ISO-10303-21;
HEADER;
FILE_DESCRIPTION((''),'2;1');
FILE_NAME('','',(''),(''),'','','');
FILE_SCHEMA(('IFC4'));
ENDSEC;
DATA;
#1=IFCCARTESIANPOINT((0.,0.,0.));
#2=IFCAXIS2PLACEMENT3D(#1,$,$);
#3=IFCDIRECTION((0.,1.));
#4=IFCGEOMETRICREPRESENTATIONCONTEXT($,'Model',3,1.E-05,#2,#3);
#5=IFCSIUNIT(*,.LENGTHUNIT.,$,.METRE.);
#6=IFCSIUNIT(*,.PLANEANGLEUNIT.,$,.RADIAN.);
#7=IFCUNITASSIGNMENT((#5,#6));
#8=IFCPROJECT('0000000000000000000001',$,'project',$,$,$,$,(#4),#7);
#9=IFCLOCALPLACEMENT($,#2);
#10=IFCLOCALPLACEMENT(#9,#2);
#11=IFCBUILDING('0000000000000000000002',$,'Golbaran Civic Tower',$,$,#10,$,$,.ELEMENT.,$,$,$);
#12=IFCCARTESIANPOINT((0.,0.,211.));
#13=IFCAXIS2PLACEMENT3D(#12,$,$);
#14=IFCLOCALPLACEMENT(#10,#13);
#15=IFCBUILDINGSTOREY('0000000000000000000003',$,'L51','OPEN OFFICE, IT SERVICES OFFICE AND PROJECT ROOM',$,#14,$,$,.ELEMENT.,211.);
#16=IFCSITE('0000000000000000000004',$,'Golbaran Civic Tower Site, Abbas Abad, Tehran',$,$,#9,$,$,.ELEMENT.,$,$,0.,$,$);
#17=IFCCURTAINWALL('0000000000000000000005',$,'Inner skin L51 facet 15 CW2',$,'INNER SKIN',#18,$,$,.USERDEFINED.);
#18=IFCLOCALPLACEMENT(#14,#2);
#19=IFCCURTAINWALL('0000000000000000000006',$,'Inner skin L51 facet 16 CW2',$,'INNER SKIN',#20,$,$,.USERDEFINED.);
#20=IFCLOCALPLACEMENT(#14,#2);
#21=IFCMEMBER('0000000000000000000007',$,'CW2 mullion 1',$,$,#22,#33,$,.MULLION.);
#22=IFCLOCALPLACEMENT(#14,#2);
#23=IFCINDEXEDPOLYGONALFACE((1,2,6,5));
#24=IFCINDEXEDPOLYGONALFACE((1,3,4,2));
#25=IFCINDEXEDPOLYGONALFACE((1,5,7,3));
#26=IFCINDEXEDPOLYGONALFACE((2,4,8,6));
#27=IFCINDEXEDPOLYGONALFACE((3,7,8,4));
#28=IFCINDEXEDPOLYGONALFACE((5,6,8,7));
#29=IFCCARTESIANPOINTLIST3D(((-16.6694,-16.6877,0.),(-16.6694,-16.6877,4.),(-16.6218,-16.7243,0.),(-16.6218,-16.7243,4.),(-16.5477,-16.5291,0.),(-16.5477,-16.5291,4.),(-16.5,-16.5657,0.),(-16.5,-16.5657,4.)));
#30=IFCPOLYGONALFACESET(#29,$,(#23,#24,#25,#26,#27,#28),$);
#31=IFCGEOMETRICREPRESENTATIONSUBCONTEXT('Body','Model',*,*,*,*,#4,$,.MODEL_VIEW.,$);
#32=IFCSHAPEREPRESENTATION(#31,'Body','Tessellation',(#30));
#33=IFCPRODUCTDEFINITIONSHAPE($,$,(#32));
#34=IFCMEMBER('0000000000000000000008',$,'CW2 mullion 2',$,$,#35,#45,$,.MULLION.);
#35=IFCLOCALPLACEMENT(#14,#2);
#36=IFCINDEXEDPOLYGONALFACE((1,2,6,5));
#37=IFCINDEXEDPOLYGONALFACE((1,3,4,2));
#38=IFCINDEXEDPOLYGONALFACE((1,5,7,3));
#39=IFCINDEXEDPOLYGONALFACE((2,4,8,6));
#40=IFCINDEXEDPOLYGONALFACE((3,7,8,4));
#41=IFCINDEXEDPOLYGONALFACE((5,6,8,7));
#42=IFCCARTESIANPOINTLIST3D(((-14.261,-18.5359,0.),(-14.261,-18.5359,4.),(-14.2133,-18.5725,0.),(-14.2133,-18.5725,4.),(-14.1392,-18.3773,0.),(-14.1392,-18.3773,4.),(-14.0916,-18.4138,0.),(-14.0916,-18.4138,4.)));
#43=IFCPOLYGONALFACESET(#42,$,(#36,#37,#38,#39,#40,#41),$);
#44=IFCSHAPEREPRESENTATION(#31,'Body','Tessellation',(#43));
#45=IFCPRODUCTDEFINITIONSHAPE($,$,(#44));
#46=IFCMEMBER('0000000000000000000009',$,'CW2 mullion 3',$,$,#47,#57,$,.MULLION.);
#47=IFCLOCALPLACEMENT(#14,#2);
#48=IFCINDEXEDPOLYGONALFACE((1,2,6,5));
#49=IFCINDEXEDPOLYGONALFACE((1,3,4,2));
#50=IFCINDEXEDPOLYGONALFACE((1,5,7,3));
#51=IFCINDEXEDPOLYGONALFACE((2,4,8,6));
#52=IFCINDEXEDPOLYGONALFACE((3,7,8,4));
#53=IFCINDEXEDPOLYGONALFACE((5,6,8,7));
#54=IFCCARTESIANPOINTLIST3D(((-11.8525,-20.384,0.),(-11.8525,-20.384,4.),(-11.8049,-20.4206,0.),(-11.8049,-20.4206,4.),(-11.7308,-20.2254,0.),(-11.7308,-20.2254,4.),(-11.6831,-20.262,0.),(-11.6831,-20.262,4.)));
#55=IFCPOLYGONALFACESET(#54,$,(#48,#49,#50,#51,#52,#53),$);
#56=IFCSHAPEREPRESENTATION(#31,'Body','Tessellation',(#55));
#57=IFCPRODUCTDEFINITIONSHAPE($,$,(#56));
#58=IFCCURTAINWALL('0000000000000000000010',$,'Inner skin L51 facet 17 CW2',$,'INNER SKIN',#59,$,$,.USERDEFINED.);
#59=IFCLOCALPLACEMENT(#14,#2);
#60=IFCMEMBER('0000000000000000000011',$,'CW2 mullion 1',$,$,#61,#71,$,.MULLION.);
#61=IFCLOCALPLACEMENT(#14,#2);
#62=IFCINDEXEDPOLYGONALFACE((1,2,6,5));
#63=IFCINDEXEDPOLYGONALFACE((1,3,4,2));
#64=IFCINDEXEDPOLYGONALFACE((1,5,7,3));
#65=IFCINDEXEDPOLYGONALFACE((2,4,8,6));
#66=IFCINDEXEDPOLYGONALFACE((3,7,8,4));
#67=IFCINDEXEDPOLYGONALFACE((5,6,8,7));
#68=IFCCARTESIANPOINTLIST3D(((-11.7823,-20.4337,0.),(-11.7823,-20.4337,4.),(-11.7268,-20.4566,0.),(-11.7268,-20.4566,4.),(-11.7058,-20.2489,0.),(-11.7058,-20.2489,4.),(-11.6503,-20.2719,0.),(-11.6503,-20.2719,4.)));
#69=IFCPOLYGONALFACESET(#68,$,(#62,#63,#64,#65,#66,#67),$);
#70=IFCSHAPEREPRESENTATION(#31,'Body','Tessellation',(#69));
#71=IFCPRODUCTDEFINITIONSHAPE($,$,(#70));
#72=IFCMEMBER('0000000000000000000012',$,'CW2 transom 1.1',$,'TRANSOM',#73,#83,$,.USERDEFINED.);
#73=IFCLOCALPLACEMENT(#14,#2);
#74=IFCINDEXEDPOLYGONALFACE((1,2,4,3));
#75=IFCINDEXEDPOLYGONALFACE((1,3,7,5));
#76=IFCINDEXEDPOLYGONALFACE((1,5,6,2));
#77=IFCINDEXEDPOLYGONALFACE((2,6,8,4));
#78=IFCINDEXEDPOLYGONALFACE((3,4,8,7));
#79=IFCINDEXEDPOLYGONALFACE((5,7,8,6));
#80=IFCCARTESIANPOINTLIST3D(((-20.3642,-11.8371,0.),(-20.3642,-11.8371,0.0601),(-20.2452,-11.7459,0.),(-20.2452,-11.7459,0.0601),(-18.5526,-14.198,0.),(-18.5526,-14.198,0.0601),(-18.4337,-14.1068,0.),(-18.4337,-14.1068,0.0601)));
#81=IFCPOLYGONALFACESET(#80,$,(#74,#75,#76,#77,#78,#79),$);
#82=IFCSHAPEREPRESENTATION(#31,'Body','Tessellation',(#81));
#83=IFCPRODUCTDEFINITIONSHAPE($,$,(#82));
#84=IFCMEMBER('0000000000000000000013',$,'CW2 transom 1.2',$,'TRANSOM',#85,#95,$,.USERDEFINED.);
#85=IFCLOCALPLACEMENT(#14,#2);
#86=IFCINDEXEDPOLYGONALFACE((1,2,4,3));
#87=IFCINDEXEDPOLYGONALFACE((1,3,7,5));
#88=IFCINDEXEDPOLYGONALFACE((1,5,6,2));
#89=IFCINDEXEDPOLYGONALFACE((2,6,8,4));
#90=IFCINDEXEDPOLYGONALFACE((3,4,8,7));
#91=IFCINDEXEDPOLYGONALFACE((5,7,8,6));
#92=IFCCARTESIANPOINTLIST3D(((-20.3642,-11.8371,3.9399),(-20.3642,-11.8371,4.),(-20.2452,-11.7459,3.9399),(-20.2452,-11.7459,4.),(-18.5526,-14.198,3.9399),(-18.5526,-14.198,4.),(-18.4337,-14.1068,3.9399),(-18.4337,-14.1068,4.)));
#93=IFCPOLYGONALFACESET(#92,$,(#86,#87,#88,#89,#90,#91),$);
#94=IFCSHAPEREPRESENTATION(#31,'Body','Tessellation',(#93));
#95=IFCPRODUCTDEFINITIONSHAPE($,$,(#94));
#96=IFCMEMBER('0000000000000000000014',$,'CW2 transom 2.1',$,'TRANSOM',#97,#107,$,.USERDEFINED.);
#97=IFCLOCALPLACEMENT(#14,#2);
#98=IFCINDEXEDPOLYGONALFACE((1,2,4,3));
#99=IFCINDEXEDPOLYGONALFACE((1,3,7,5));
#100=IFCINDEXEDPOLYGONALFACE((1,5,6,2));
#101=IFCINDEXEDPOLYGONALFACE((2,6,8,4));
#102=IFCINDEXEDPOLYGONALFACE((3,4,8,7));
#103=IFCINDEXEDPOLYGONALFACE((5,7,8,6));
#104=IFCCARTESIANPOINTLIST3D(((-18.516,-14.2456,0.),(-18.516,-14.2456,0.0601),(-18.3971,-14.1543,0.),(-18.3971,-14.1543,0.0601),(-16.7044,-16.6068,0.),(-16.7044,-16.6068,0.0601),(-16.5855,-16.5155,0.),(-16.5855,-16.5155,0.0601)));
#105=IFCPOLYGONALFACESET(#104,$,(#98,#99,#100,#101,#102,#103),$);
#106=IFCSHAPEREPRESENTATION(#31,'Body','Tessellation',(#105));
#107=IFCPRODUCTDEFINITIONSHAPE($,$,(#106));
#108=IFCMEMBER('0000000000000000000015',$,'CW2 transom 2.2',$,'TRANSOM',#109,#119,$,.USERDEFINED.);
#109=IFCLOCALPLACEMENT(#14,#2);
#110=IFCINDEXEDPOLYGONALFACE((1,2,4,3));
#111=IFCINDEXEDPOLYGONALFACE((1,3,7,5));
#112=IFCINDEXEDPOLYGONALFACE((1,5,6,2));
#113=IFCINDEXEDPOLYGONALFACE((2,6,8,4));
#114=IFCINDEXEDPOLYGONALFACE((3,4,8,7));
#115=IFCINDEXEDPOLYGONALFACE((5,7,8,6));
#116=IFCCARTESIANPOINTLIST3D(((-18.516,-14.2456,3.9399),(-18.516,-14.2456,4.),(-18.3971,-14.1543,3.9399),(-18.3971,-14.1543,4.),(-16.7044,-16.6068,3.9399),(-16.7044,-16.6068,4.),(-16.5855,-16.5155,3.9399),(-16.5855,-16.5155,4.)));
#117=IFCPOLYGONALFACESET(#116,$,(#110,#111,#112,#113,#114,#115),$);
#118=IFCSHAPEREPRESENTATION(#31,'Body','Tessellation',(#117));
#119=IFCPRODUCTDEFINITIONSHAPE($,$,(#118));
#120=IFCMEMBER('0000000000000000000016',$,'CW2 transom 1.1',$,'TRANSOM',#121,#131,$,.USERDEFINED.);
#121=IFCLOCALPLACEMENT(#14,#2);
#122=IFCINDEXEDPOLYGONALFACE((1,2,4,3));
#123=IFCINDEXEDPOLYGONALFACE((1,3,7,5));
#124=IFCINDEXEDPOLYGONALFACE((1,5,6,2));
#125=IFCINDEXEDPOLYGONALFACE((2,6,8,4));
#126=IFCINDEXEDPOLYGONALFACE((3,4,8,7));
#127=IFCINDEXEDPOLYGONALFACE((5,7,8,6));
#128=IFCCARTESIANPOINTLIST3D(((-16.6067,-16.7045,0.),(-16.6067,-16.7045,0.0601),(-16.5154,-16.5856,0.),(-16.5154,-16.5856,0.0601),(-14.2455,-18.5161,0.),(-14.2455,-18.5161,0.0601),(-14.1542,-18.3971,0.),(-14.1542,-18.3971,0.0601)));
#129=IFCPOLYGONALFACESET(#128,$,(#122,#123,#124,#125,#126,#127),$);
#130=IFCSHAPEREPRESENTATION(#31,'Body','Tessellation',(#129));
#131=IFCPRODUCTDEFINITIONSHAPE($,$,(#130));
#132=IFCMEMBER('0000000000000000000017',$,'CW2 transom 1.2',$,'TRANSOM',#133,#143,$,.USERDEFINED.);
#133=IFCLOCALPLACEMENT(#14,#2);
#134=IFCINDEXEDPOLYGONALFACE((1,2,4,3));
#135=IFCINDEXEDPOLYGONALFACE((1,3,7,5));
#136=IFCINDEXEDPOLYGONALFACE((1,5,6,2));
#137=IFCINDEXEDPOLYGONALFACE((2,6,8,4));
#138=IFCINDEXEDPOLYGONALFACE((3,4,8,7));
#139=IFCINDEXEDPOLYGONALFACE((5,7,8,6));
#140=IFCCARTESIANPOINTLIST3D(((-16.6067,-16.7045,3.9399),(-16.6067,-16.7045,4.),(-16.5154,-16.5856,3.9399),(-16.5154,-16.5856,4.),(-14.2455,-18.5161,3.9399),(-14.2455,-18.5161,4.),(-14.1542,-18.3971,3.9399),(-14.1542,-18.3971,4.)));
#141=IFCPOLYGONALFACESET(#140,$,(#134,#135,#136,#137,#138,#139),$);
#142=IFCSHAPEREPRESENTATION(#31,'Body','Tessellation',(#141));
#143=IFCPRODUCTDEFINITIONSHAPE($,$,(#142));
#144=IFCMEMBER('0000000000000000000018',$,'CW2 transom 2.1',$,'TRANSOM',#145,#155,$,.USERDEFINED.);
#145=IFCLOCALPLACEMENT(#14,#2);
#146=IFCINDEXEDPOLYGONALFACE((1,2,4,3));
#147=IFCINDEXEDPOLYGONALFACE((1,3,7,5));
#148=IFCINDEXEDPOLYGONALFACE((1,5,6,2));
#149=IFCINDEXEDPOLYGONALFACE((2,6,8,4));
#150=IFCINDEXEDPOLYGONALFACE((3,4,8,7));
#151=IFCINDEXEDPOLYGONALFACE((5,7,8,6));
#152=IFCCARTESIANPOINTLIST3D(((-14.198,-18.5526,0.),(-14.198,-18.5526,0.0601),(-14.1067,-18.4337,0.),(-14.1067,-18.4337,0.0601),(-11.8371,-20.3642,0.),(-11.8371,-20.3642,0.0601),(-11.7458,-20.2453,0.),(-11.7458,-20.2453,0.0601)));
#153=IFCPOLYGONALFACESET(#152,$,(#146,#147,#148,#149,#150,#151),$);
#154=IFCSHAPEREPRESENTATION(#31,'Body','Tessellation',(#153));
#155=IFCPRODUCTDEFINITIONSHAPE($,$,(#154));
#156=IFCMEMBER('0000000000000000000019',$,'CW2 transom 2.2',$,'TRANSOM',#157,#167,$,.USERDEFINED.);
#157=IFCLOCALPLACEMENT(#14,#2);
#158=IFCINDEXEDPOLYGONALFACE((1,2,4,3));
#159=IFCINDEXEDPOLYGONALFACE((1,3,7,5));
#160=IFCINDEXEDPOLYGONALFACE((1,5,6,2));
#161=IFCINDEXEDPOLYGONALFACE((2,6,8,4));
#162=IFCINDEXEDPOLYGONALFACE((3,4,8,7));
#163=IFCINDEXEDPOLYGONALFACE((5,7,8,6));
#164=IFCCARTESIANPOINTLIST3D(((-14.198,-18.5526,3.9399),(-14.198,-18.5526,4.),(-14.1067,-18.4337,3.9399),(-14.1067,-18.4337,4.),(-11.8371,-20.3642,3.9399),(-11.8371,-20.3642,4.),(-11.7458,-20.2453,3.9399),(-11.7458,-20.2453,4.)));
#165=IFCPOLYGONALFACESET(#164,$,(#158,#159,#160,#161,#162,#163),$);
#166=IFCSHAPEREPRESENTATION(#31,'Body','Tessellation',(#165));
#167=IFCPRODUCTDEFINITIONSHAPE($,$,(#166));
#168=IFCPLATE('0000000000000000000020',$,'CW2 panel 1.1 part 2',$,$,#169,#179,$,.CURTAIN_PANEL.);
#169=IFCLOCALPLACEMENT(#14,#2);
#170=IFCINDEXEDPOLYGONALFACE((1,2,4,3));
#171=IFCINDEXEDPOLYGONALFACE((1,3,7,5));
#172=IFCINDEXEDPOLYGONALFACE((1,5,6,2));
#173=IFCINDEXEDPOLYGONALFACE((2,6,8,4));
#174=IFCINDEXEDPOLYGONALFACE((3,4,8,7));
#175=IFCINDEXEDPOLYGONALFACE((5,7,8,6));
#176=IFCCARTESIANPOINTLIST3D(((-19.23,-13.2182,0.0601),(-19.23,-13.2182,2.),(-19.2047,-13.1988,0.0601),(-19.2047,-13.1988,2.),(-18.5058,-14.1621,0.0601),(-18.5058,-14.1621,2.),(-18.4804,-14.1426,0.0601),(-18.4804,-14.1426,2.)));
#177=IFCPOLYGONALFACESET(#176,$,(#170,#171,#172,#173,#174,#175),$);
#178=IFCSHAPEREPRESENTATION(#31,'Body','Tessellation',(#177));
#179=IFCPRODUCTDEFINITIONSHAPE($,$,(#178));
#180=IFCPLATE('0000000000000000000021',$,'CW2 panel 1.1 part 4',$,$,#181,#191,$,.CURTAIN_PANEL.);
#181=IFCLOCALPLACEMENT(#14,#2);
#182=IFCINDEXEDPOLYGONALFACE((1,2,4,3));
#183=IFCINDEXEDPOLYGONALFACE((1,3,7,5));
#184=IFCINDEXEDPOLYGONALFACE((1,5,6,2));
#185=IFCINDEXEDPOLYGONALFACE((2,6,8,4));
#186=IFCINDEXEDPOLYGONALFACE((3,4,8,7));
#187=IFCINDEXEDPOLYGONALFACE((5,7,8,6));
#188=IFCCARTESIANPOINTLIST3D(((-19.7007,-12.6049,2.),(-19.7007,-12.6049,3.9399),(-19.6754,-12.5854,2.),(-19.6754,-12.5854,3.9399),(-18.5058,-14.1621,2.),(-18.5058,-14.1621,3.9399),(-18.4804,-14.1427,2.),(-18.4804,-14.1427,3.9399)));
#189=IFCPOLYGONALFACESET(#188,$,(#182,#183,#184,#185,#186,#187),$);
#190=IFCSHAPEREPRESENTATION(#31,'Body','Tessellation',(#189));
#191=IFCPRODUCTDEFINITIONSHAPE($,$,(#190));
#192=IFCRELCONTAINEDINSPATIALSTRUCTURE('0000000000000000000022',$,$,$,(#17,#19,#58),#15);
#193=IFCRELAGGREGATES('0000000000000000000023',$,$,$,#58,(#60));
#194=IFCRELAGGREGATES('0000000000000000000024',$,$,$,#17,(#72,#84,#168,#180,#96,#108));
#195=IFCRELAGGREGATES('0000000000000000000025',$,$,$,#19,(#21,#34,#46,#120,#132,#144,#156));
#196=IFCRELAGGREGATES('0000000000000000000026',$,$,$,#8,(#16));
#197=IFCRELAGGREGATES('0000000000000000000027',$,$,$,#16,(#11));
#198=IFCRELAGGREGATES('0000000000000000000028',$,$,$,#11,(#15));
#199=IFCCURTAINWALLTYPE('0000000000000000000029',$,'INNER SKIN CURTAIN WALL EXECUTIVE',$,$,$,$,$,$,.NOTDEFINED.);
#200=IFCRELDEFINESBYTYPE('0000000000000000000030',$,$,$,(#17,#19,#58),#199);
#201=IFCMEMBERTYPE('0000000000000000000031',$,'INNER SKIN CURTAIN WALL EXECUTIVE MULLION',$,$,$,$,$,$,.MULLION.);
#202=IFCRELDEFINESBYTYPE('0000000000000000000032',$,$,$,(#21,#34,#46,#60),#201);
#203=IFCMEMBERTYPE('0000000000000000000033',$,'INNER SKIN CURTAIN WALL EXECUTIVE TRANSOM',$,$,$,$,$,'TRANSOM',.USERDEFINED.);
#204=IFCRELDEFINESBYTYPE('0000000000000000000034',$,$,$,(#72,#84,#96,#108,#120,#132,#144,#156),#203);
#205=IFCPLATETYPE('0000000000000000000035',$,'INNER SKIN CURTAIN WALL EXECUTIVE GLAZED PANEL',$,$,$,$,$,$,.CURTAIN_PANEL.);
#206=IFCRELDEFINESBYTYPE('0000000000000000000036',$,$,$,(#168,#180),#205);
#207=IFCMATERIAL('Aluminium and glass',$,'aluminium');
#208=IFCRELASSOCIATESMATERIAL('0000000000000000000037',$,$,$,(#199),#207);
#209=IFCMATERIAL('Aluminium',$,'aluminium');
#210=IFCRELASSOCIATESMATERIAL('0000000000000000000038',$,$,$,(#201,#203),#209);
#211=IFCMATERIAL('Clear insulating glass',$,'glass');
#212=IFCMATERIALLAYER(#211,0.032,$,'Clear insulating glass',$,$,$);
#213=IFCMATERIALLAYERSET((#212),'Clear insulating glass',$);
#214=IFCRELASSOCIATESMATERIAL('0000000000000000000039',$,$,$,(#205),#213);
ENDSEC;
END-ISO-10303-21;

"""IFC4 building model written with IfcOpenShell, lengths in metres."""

from ifc_helpers import new_model, si_unit, direction, frame, origin, origin_2d, place, context, subcontext, project, spatial, rectangle, extrude, material, layer, layer_set, material_profile, profile_set, type_object, element, aggregate, save


model = new_model("IFC4")

# Units and contexts
model_context = context("Model", 3, precision=1e-05, world=origin(), true_north=direction((0.0, 1.0)))
body_context = subcontext(model_context, "Body", "Model", "MODEL_VIEW")
ifc_project = project(units=[si_unit("LENGTHUNIT", "METRE"), si_unit("PLANEANGLEUNIT", "RADIAN")], contexts=[model_context])

# Site, building, storey
site_placement = place(None, origin())
site = spatial("IfcSite", under=ifc_project, at=site_placement, Name="Golbaran Civic Tower Site, Abbas Abad, Tehran", CompositionType="ELEMENT", RefElevation=0.0)
building_placement = place(site_placement, origin())
building = spatial("IfcBuilding", under=site, at=building_placement, Name="Golbaran Civic Tower", CompositionType="ELEMENT")
storey_placement = place(building_placement, frame((0.0, 0.0, 211.0)))
storey = spatial("IfcBuildingStorey", under=building, at=storey_placement, Name="L51", Description="OPEN OFFICE, IT SERVICES OFFICE AND PROJECT ROOM", CompositionType="ELEMENT", Elevation=211.0)

# Curtain walls, members
ifc_material_1 = material(Name="Aluminium and glass", Category="aluminium")
curtain_wall_type = type_object("IfcCurtainWallType", Name="INNER SKIN CURTAIN WALL EXECUTIVE", PredefinedType="NOTDEFINED", material=ifc_material_1)
curtain_wall_1_placement = place(storey_placement, origin())
curtain_wall_1 = element("IfcCurtainWall", 1, at=curtain_wall_1_placement, inside=storey, type_object=curtain_wall_type, Name="Inner skin L51 facet 15 CW2", ObjectType="INNER SKIN", PredefinedType="USERDEFINED")
ifc_material_2 = material(Name="Aluminium", Category="aluminium")
ifc_material_profile_1 = material_profile(ifc_material_2, rectangle(XDim=0.2, YDim=0.0601, at=origin_2d()), Name="INNER SKIN CURTAIN WALL EXECUTIVE MULLION")
ifc_profile_set_1 = profile_set([ifc_material_profile_1], Name="Aluminium")
member_type_1 = type_object("IfcMemberType", Name="INNER SKIN CURTAIN WALL EXECUTIVE MULLION", PredefinedType="MULLION", material=ifc_profile_set_1)
curtain_wall_2_placement = place(storey_placement, origin())
curtain_wall_2 = element("IfcCurtainWall", 2, at=curtain_wall_2_placement, inside=storey, type_object=curtain_wall_type, Name="Inner skin L51 facet 16 CW2", ObjectType="INNER SKIN", PredefinedType="USERDEFINED")
member_1_placement = place(storey_placement, frame((-16.5847, -16.6267, 0.0), z_axis=(0.0, 0.0, 1.0), x_axis=(0.608761, 0.793353, 0.0)))
member_1 = element("IfcMember", 3, at=member_1_placement, type_object=member_type_1, Name="CW2 mullion 1", PredefinedType="MULLION", context=body_context, shape_type="SweptSolid", body=[
    extrude(rectangle(XDim=0.2, YDim=0.0601, at=origin_2d()), origin(), (0.0, 0.0, 1.0), 4.0),
])
member_2_placement = place(storey_placement, frame((-14.1763, -18.4749, 0.0), z_axis=(0.0, 0.0, 1.0), x_axis=(0.608761, 0.793353, 0.0)))
member_2 = element("IfcMember", 4, at=member_2_placement, type_object=member_type_1, Name="CW2 mullion 2", PredefinedType="MULLION", context=body_context, shape_type="SweptSolid", body=[
    extrude(rectangle(XDim=0.2, YDim=0.0601, at=origin_2d()), origin(), (0.0, 0.0, 1.0), 4.0),
])
member_3_placement = place(storey_placement, frame((-11.7678, -20.323, 0.0), z_axis=(0.0, 0.0, 1.0), x_axis=(0.608761, 0.793353, 0.0)))
member_3 = element("IfcMember", 5, at=member_3_placement, type_object=member_type_1, Name="CW2 mullion 3", PredefinedType="MULLION", context=body_context, shape_type="SweptSolid", body=[
    extrude(rectangle(XDim=0.2, YDim=0.0601, at=origin_2d()), origin(), (0.0, 0.0, 1.0), 4.0),
])

# Curtain wall, member
curtain_wall_3_placement = place(storey_placement, origin())
curtain_wall_3 = element("IfcCurtainWall", 6, at=curtain_wall_3_placement, inside=storey, type_object=curtain_wall_type, Name="Inner skin L51 facet 17 CW2", ObjectType="INNER SKIN", PredefinedType="USERDEFINED")
member_4_placement = place(storey_placement, frame((-11.7163, -20.3528, 0.0), z_axis=(0.0, 0.0, 1.0), x_axis=(0.382683, 0.92388, 0.0)))
member_4 = element("IfcMember", 7, at=member_4_placement, type_object=member_type_1, Name="CW2 mullion 1", PredefinedType="MULLION", context=body_context, shape_type="SweptSolid", body=[
    extrude(rectangle(XDim=0.2, YDim=0.0601, at=origin_2d()), origin(), (0.0, 0.0, 1.0), 4.0),
])
aggregate(curtain_wall_3, [member_4])

# Members
ifc_material_profile_2 = material_profile(ifc_material_2, rectangle(XDim=0.1499, YDim=0.0601, at=origin_2d()), Name="INNER SKIN CURTAIN WALL EXECUTIVE TRANSOM")
ifc_profile_set_2 = profile_set([ifc_material_profile_2], Name="Aluminium")
member_type_2 = type_object("IfcMemberType", Name="INNER SKIN CURTAIN WALL EXECUTIVE TRANSOM", ElementType="TRANSOM", PredefinedType="USERDEFINED", material=ifc_profile_set_2)
member_5_placement = place(storey_placement, frame((-20.3047, -11.7915, 0.03), z_axis=(0.608759, -0.793355, 0.0), x_axis=(0.793355, 0.608759, 0.0)))
member_5 = element("IfcMember", 8, at=member_5_placement, type_object=member_type_2, Name="CW2 transom 1.1", ObjectType="TRANSOM", PredefinedType="USERDEFINED", context=body_context, shape_type="SweptSolid", body=[
    extrude(rectangle(XDim=0.1499, YDim=0.0601, at=origin_2d()), origin(), (0.0, 0.0, 1.0), 2.9758),
])
member_6_placement = place(storey_placement, frame((-20.3047, -11.7915, 3.97), z_axis=(0.608759, -0.793355, 0.0), x_axis=(0.793355, 0.608759, 0.0)))
member_6 = element("IfcMember", 9, at=member_6_placement, type_object=member_type_2, Name="CW2 transom 1.2", ObjectType="TRANSOM", PredefinedType="USERDEFINED", context=body_context, shape_type="SweptSolid", body=[
    extrude(rectangle(XDim=0.1499, YDim=0.0601, at=origin_2d()), origin(), (0.0, 0.0, 1.0), 2.9758),
])
member_7_placement = place(storey_placement, frame((-18.4565, -14.2, 0.03), z_axis=(0.608719, -0.793386, 0.0), x_axis=(0.793386, 0.608719, 0.0)))
member_7 = element("IfcMember", 10, at=member_7_placement, type_object=member_type_2, Name="CW2 transom 2.1", ObjectType="TRANSOM", PredefinedType="USERDEFINED", context=body_context, shape_type="SweptSolid", body=[
    extrude(rectangle(XDim=0.1499, YDim=0.0601, at=origin_2d()), origin(), (0.0, 0.0, 1.0), 2.9761),
])
member_8_placement = place(storey_placement, frame((-18.4565, -14.2, 3.97), z_axis=(0.608719, -0.793386, 0.0), x_axis=(0.793386, 0.608719, 0.0)))
member_8 = element("IfcMember", 11, at=member_8_placement, type_object=member_type_2, Name="CW2 transom 2.2", ObjectType="TRANSOM", PredefinedType="USERDEFINED", context=body_context, shape_type="SweptSolid", body=[
    extrude(rectangle(XDim=0.1499, YDim=0.0601, at=origin_2d()), origin(), (0.0, 0.0, 1.0), 2.9761),
])
member_9_placement = place(storey_placement, frame((-16.561, -16.645, 0.03), z_axis=(0.793386, -0.608719, 0.0), x_axis=(0.608719, 0.793386, 0.0)))
member_9 = element("IfcMember", 12, at=member_9_placement, type_object=member_type_2, Name="CW2 transom 1.1", ObjectType="TRANSOM", PredefinedType="USERDEFINED", context=body_context, shape_type="SweptSolid", body=[
    extrude(rectangle(XDim=0.1499, YDim=0.0601, at=origin_2d()), origin(), (0.0, 0.0, 1.0), 2.9761),
])
member_10_placement = place(storey_placement, frame((-16.561, -16.645, 3.97), z_axis=(0.793386, -0.608719, 0.0), x_axis=(0.608719, 0.793386, 0.0)))
member_10 = element("IfcMember", 13, at=member_10_placement, type_object=member_type_2, Name="CW2 transom 1.2", ObjectType="TRANSOM", PredefinedType="USERDEFINED", context=body_context, shape_type="SweptSolid", body=[
    extrude(rectangle(XDim=0.1499, YDim=0.0601, at=origin_2d()), origin(), (0.0, 0.0, 1.0), 2.9761),
])
member_11_placement = place(storey_placement, frame((-14.1523, -18.4932, 0.03), z_axis=(0.793355, -0.608759, 0.0), x_axis=(0.608759, 0.793355, 0.0)))
member_11 = element("IfcMember", 14, at=member_11_placement, type_object=member_type_2, Name="CW2 transom 2.1", ObjectType="TRANSOM", PredefinedType="USERDEFINED", context=body_context, shape_type="SweptSolid", body=[
    extrude(rectangle(XDim=0.1499, YDim=0.0601, at=origin_2d()), origin(), (0.0, 0.0, 1.0), 2.9758),
])
member_12_placement = place(storey_placement, frame((-14.1523, -18.4932, 3.97), z_axis=(0.793355, -0.608759, 0.0), x_axis=(0.608759, 0.793355, 0.0)))
member_12 = element("IfcMember", 15, at=member_12_placement, type_object=member_type_2, Name="CW2 transom 2.2", ObjectType="TRANSOM", PredefinedType="USERDEFINED", context=body_context, shape_type="SweptSolid", body=[
    extrude(rectangle(XDim=0.1499, YDim=0.0601, at=origin_2d()), origin(), (0.0, 0.0, 1.0), 2.9758),
])

# Plates
ifc_material_3 = material(Name="Clear insulating glass", Category="glass")
ifc_layer_1 = layer(ifc_material_3, 0.032, Name="Clear insulating glass")
ifc_layer_set_1 = layer_set([ifc_layer_1], Name="Clear insulating glass")
plate_type_1 = type_object("IfcPlateType", Name="INNER SKIN CURTAIN WALL EXECUTIVE GLAZED PANEL", PredefinedType="CURTAIN_PANEL", material=ifc_layer_set_1)
plate_1_placement = place(storey_placement, frame((-18.8552, -13.6804, 0.0601), z_axis=(0.0, 0.0, 1.0), x_axis=(0.608761, -0.793353, 0.0)))
plate_1 = element("IfcPlate", 16, at=plate_1_placement, type_object=plate_type_1, Name="CW2 panel 1.1 part 2", PredefinedType="CURTAIN_PANEL", context=body_context, shape_type="SweptSolid", body=[
    extrude(rectangle(XDim=1.1897, YDim=0.032, at=origin_2d()), origin(), (0.0, 0.0, 1.0), 1.9399),
])
plate_2_placement = place(storey_placement, frame((-19.0906, -13.3738, 2.0), z_axis=(0.0, 0.0, 1.0), x_axis=(0.608761, -0.793353, 0.0)))
plate_2 = element("IfcPlate", 17, at=plate_2_placement, type_object=plate_type_1, Name="CW2 panel 1.1 part 4", PredefinedType="CURTAIN_PANEL", context=body_context, shape_type="SweptSolid", body=[
    extrude(rectangle(XDim=1.9629, YDim=0.032, at=origin_2d()), origin(), (0.0, 0.0, 1.0), 1.9399),
])
aggregate(curtain_wall_1, [member_5, member_6, plate_1, plate_2, member_7, member_8])
aggregate(curtain_wall_2, [member_1, member_2, member_3, member_9, member_10, member_11, member_12])

save(model, "model.ifc")
